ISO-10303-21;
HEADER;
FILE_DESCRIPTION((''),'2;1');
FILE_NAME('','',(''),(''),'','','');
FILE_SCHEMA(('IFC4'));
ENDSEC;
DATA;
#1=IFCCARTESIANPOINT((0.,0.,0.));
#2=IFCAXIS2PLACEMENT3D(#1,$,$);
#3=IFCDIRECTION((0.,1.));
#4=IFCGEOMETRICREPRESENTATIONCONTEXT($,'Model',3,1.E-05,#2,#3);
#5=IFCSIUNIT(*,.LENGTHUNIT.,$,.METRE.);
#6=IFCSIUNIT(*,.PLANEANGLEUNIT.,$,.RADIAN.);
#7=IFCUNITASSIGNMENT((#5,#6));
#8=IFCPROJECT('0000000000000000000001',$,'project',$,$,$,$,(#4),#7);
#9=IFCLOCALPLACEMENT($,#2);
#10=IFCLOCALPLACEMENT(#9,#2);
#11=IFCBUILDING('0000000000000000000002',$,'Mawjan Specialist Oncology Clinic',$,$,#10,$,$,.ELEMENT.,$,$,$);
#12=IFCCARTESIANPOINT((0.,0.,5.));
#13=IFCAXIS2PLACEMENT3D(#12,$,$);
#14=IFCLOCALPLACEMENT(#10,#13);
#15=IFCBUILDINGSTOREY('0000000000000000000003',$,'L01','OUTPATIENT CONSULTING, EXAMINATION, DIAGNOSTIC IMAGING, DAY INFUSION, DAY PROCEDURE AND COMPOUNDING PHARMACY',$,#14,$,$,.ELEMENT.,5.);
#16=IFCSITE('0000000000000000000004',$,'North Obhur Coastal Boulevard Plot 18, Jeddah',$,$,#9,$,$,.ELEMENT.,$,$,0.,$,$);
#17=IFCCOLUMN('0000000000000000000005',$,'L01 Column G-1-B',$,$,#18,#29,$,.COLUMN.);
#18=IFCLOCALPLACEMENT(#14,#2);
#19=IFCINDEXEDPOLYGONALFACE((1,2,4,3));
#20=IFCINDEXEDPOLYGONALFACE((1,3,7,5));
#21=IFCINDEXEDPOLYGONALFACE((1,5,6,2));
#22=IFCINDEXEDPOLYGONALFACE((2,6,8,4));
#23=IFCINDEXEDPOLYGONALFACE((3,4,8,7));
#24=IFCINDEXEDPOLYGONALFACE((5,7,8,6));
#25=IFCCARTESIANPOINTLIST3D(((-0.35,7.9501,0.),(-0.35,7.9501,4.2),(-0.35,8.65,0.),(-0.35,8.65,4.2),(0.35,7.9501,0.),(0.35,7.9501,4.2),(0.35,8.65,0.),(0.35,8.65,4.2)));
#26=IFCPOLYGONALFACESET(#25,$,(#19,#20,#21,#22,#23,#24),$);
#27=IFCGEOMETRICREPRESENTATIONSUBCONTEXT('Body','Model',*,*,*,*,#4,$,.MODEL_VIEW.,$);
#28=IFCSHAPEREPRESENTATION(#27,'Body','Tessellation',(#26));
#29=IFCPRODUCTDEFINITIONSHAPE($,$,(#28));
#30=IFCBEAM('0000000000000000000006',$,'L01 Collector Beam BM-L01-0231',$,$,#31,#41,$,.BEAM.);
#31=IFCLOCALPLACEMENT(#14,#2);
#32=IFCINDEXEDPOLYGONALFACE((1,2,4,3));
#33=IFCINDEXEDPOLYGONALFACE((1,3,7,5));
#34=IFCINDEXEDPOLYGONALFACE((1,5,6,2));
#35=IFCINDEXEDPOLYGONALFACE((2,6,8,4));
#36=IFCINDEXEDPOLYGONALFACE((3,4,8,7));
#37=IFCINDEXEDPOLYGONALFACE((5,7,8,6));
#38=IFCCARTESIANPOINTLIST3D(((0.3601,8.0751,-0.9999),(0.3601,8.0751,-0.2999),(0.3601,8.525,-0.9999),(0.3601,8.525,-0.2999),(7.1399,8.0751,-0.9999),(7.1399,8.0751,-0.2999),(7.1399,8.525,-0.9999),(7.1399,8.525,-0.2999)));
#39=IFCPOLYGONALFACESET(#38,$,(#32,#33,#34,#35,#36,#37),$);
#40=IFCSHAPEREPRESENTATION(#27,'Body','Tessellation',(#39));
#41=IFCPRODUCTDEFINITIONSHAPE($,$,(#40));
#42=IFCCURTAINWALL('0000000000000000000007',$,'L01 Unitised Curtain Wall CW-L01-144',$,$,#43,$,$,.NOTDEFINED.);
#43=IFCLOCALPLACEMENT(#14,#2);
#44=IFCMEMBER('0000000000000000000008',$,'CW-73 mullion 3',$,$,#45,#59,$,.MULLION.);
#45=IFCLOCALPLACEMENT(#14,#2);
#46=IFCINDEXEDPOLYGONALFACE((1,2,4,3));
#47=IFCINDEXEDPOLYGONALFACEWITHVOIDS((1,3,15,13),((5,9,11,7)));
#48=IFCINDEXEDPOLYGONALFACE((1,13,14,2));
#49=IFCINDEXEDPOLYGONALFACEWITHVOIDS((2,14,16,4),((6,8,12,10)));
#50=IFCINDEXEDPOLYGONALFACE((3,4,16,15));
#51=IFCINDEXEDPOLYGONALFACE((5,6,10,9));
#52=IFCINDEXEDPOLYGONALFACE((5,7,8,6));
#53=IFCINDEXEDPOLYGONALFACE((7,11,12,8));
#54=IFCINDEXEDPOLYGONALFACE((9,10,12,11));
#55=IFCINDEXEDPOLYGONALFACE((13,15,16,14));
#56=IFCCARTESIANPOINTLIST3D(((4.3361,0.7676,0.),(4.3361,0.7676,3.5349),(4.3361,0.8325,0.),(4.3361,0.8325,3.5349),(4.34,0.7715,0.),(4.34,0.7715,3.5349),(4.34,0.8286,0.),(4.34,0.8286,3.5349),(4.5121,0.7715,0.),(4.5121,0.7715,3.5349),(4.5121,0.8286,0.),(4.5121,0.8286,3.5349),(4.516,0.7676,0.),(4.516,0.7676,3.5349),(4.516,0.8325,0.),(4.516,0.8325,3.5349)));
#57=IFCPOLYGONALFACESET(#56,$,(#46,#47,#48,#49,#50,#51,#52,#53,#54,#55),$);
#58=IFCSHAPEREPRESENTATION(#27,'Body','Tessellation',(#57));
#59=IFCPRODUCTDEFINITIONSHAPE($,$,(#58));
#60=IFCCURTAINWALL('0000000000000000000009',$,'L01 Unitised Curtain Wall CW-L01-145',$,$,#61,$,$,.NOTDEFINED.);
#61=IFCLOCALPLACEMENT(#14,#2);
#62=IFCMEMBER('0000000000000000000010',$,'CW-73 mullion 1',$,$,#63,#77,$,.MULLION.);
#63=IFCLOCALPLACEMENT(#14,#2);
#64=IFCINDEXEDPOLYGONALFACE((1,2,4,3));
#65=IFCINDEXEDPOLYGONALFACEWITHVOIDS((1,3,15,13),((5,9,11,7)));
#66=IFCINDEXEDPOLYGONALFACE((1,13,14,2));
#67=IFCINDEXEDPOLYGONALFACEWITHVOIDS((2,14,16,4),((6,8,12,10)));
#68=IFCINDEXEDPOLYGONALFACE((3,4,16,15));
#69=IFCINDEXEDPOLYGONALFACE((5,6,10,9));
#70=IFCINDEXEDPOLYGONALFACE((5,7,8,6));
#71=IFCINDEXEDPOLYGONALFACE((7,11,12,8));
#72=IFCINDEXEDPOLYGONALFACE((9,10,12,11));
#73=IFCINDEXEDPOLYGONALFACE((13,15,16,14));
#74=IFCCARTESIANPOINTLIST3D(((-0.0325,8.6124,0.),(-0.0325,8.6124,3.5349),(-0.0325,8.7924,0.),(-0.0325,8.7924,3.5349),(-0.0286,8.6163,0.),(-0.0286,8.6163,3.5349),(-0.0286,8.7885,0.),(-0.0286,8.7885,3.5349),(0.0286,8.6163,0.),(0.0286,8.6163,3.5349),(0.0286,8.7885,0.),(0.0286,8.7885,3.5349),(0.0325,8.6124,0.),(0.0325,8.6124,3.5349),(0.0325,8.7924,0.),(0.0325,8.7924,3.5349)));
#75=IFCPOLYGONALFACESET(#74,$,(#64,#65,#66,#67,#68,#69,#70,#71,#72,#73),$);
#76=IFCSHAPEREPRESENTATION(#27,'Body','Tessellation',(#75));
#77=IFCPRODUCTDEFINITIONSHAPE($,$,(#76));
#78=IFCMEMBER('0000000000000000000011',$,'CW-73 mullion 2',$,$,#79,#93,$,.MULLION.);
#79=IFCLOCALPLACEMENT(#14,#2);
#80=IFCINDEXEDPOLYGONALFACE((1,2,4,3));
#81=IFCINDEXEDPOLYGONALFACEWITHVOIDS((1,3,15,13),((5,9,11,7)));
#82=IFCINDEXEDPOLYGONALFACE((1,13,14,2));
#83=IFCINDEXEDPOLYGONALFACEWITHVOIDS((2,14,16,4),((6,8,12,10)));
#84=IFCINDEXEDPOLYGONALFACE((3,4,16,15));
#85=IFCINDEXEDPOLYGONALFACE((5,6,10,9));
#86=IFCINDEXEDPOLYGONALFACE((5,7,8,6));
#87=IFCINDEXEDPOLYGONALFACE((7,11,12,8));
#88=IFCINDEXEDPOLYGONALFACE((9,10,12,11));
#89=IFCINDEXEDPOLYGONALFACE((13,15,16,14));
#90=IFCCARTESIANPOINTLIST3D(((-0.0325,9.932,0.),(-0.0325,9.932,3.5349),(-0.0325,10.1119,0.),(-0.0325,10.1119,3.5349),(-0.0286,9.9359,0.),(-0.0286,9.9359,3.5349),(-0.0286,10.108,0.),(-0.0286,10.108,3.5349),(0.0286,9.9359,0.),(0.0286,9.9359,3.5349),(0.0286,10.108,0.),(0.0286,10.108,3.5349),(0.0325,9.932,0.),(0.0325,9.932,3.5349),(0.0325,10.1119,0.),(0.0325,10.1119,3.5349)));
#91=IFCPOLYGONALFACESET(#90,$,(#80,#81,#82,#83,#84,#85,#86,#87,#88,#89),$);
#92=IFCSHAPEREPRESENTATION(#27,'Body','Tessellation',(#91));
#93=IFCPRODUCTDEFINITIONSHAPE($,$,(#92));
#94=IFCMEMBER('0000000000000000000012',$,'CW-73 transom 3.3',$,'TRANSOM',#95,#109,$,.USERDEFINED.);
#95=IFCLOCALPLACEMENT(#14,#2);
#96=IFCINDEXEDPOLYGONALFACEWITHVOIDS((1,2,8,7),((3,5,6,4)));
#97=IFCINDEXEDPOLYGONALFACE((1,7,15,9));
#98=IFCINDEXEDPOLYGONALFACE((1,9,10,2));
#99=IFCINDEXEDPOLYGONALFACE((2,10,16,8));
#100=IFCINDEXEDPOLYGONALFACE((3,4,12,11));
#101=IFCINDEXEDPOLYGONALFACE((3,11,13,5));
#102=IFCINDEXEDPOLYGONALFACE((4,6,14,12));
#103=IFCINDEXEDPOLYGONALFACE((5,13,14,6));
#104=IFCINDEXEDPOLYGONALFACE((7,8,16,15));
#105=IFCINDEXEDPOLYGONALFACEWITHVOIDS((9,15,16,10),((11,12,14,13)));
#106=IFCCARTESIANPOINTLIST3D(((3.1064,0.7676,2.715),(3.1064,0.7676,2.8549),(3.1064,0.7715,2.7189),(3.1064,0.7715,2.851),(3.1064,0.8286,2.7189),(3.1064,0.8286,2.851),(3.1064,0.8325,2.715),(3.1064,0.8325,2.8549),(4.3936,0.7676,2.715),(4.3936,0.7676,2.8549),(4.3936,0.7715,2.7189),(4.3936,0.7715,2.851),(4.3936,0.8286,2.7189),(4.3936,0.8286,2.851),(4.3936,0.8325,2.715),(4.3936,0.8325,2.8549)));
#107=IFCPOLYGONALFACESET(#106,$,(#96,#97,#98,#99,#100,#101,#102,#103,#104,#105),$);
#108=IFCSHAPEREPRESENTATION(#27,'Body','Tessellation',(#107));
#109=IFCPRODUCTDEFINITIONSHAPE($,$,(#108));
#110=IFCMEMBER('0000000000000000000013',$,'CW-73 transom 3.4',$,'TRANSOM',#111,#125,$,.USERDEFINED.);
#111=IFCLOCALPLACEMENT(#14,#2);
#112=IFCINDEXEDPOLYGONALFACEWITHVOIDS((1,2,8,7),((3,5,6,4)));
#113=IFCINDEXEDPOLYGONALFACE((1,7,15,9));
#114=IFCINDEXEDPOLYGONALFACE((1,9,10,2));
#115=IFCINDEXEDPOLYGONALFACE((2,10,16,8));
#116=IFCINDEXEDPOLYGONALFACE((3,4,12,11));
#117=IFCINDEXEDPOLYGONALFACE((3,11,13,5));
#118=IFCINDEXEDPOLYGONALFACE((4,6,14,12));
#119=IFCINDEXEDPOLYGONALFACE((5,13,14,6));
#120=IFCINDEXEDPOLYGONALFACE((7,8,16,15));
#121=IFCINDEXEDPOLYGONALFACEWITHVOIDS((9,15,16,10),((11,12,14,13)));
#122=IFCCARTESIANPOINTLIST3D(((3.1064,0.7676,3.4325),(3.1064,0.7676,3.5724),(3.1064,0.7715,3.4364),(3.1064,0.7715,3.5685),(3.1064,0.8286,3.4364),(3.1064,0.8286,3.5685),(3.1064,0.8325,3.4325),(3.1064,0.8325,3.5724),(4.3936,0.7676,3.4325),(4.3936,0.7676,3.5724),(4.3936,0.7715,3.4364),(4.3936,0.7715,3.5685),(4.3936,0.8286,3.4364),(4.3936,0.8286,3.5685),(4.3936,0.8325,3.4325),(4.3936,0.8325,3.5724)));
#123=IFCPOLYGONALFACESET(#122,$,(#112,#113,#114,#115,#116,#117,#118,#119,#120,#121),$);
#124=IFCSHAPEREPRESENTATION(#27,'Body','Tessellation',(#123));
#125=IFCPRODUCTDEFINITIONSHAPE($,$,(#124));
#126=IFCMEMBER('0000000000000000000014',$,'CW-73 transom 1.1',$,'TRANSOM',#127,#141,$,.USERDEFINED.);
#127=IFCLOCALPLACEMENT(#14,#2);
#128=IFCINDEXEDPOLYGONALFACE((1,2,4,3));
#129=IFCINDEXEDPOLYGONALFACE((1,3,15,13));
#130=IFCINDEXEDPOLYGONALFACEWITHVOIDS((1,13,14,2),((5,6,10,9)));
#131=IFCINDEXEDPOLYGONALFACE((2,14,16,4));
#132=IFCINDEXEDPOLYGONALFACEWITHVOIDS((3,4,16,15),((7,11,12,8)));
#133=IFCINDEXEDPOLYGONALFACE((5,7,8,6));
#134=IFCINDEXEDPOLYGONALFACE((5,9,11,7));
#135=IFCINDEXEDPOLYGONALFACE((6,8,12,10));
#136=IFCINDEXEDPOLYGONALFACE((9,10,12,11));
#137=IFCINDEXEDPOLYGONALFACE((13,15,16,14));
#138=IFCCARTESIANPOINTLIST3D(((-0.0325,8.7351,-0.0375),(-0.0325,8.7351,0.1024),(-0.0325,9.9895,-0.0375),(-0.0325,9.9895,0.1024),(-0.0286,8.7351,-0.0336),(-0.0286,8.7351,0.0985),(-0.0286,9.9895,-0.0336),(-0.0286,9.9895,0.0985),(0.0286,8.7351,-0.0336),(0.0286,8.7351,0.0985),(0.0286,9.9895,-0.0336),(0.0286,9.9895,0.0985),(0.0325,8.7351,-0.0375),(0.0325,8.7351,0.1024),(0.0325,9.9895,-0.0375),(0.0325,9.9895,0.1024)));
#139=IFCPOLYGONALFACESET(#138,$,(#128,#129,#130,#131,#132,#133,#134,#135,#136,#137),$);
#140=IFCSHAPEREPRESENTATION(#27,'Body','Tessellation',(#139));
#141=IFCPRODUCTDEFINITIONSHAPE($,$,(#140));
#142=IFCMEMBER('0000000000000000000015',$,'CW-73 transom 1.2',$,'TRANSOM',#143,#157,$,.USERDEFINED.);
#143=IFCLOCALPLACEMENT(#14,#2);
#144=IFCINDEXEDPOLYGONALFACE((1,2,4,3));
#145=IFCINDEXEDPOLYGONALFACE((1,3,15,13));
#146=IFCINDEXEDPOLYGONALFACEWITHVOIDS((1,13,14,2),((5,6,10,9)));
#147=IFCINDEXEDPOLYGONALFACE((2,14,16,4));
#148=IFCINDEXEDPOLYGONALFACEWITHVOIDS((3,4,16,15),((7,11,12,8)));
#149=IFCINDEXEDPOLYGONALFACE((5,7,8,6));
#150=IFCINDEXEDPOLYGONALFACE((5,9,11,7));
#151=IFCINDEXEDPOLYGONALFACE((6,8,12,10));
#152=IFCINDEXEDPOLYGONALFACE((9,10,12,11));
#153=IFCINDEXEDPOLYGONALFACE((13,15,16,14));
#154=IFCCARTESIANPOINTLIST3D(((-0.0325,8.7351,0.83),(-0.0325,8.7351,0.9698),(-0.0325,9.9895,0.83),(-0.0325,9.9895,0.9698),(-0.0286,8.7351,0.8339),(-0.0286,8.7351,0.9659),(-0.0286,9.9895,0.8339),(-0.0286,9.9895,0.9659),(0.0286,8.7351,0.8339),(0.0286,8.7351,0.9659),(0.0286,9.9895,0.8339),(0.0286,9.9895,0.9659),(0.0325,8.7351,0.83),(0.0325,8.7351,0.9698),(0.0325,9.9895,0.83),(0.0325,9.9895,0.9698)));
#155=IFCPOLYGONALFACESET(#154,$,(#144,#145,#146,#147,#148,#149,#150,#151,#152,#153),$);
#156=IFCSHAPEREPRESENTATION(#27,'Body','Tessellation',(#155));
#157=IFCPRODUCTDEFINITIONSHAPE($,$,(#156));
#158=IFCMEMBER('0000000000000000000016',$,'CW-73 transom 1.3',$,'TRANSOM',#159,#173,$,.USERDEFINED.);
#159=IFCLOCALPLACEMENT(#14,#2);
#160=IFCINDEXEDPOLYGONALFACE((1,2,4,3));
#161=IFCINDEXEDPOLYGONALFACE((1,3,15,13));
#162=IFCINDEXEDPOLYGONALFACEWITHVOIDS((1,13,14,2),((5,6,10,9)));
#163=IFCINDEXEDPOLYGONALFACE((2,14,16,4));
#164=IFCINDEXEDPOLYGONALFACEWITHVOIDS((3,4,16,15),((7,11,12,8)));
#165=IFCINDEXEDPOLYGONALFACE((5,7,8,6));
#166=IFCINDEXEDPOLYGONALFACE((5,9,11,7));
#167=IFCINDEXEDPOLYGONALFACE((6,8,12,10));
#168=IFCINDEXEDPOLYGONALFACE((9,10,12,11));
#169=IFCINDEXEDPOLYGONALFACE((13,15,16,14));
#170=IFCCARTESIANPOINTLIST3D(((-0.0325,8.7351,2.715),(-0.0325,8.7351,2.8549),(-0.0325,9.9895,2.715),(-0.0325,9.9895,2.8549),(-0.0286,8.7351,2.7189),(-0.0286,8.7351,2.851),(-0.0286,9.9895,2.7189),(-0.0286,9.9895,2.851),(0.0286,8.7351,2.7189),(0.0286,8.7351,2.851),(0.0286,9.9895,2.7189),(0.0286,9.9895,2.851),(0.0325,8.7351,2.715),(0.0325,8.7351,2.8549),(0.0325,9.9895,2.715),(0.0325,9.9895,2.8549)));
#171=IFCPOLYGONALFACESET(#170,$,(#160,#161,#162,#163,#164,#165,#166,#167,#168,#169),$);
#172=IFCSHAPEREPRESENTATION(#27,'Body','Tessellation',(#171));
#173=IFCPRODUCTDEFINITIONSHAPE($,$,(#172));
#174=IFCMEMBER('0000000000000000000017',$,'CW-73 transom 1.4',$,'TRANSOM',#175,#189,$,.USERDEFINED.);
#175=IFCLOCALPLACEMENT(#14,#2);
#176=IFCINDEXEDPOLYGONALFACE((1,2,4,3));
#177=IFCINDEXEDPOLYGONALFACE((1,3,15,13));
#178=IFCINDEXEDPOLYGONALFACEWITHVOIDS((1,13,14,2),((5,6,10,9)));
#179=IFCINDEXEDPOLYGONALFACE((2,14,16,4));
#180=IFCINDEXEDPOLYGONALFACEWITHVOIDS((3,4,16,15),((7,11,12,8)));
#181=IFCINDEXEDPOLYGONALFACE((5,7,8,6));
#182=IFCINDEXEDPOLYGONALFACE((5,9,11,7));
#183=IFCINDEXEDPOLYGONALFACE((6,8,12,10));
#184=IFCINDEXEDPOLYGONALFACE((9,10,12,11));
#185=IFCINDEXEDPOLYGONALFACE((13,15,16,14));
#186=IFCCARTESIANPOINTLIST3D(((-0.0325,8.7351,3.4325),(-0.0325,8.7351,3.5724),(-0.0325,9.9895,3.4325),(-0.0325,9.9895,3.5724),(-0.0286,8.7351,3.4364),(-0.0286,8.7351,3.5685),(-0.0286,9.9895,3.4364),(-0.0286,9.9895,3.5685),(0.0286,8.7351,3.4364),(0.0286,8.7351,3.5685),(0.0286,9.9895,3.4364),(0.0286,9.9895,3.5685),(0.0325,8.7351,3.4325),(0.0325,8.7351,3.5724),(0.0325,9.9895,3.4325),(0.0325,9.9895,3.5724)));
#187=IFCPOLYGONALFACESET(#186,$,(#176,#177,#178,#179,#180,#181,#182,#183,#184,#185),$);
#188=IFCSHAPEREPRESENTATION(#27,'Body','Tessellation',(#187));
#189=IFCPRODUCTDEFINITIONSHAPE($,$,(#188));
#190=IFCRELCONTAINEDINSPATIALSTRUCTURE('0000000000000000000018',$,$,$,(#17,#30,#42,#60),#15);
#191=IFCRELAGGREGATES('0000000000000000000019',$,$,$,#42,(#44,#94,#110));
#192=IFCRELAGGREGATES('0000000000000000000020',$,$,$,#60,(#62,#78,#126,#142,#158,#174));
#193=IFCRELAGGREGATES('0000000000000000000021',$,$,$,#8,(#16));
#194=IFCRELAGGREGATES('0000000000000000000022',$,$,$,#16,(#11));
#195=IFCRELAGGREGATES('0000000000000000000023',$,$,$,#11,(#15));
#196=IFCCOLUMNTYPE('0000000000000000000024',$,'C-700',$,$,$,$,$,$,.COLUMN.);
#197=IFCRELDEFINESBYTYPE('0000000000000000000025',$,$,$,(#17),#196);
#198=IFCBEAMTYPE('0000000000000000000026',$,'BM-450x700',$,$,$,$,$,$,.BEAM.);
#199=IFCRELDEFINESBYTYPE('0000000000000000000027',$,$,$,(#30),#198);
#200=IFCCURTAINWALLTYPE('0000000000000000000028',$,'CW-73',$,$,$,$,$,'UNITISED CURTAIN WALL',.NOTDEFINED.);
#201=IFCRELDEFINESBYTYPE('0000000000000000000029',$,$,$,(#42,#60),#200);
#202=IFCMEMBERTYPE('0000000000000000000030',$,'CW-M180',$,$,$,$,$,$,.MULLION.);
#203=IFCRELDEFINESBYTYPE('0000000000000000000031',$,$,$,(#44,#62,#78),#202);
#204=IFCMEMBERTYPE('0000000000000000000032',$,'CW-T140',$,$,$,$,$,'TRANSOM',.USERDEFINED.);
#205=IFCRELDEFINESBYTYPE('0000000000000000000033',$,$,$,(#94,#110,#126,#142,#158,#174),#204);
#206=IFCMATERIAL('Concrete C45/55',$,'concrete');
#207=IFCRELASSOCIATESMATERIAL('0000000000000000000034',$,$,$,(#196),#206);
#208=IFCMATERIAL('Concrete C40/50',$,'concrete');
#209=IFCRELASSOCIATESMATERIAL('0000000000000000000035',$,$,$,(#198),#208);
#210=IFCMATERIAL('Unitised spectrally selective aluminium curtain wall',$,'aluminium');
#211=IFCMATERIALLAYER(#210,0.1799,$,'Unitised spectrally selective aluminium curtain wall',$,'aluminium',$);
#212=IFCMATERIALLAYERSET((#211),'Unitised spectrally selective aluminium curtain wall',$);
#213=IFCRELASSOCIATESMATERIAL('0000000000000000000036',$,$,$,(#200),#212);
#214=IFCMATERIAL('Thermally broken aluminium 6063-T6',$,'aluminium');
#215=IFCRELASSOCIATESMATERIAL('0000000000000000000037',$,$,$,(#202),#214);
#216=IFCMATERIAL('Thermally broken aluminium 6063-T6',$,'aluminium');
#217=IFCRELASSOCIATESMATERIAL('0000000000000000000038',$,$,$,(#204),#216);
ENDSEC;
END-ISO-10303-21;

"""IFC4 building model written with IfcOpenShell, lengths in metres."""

from ifc_helpers import new_model, si_unit, direction, frame, origin, origin_2d, place, context, subcontext, project, spatial, rectangle, hollow_rectangle, extrude, material, layer, layer_set, material_profile, profile_set, type_object, element, aggregate, save


model = new_model("IFC4")

# Units and contexts
model_context = context("Model", 3, precision=1e-05, world=origin(), true_north=direction((0.0, 1.0)))
body_context = subcontext(model_context, "Body", "Model", "MODEL_VIEW")
ifc_project = project(units=[si_unit("LENGTHUNIT", "METRE"), si_unit("PLANEANGLEUNIT", "RADIAN")], contexts=[model_context])

# Site, building, storey
site_placement = place(None, origin())
site = spatial("IfcSite", under=ifc_project, at=site_placement, Name="North Obhur Coastal Boulevard Plot 18, Jeddah", CompositionType="ELEMENT", RefElevation=0.0)
building_placement = place(site_placement, origin())
building = spatial("IfcBuilding", under=site, at=building_placement, Name="Mawjan Specialist Oncology Clinic", CompositionType="ELEMENT")
storey_placement = place(building_placement, frame((0.0, 0.0, 5.0)))
storey = spatial("IfcBuildingStorey", under=building, at=storey_placement, Name="L01", Description="OUTPATIENT CONSULTING, EXAMINATION, DIAGNOSTIC IMAGING, DAY INFUSION, DAY PROCEDURE AND COMPOUNDING PHARMACY", CompositionType="ELEMENT", Elevation=5.0)

# Column
ifc_material_1 = material(Name="Concrete C45/55", Category="concrete")
ifc_material_profile_1 = material_profile(ifc_material_1, rectangle(XDim=0.7, YDim=0.7, at=origin_2d()), Name="RC COL 700x700", Category="concrete")
ifc_profile_set_1 = profile_set([ifc_material_profile_1], Name="Concrete C45/55")
column_type = type_object("IfcColumnType", Name="C-700", PredefinedType="COLUMN", material=ifc_profile_set_1)
column_placement = place(storey_placement, frame((0.0, 8.3, 0.0), z_axis=(0.0, 0.0, 1.0), x_axis=(1.0, 0.0, 0.0)))
element("IfcColumn", 1, at=column_placement, inside=storey, type_object=column_type, Name="L01 Column G-1-B", PredefinedType="COLUMN", context=body_context, shape_type="SweptSolid", body=[
    extrude(rectangle(XDim=0.7, YDim=0.7, at=origin_2d()), origin(), (0.0, 0.0, 1.0), 4.2),
])

# Beam
ifc_material_2 = material(Name="Concrete C40/50", Category="concrete")
ifc_material_profile_2 = material_profile(ifc_material_2, rectangle(XDim=0.45, YDim=0.7, at=origin_2d()), Name="RC BM 450x700", Category="concrete")
ifc_profile_set_2 = profile_set([ifc_material_profile_2], Name="Concrete C40/50")
beam_type_1 = type_object("IfcBeamType", Name="BM-450x700", PredefinedType="BEAM", material=ifc_profile_set_2)
beam_placement = place(storey_placement, frame((0.3601, 8.3, -0.6499), z_axis=(1.0, 0.0, 0.0), x_axis=(0.0, 1.0, 0.0)))
element("IfcBeam", 2, at=beam_placement, inside=storey, type_object=beam_type_1, Name="L01 Collector Beam BM-L01-0231", PredefinedType="BEAM", context=body_context, shape_type="SweptSolid", body=[
    extrude(rectangle(XDim=0.45, YDim=0.7, at=origin_2d()), origin(), (0.0, 0.0, 1.0), 6.7798),
])

# Curtain wall, member
ifc_material_3 = material(Name="Unitised spectrally selective aluminium curtain wall", Category="aluminium")
ifc_layer_1 = layer(ifc_material_3, 0.1799, Name="Unitised spectrally selective aluminium curtain wall", Category="aluminium")
ifc_layer_set_1 = layer_set([ifc_layer_1], Name="Unitised spectrally selective aluminium curtain wall")
curtain_wall_type = type_object("IfcCurtainWallType", Name="CW-73", ElementType="UNITISED CURTAIN WALL", PredefinedType="NOTDEFINED", material=ifc_layer_set_1)
curtain_wall_1_placement = place(storey_placement, origin())
curtain_wall_1 = element("IfcCurtainWall", 3, at=curtain_wall_1_placement, inside=storey, type_object=curtain_wall_type, Name="L01 Unitised Curtain Wall CW-L01-144", PredefinedType="NOTDEFINED")
ifc_material_4 = material(Name="Thermally broken aluminium 6063-T6", Category="aluminium")
ifc_material_profile_3 = material_profile(ifc_material_4, hollow_rectangle(XDim=0.0649, YDim=0.1799, WallThickness=0.0039, at=origin_2d()), Name="ALU MULLION 180x65x4", Category="aluminium")
ifc_profile_set_3 = profile_set([ifc_material_profile_3], Name="Thermally broken aluminium 6063-T6")
member_type_1 = type_object("IfcMemberType", Name="CW-M180", PredefinedType="MULLION", material=ifc_profile_set_3)
member_1_placement = place(storey_placement, frame((4.426, 0.8, 0.0), z_axis=(0.0, 0.0, 1.0), x_axis=(0.0, -1.0, 0.0)))
member_1 = element("IfcMember", 4, at=member_1_placement, type_object=member_type_1, Name="CW-73 mullion 3", PredefinedType="MULLION", context=body_context, shape_type="SweptSolid", body=[
    extrude(hollow_rectangle(XDim=0.0649, YDim=0.1799, WallThickness=0.0039, at=origin_2d()), origin(), (0.0, 0.0, 1.0), 3.5349),
])

# Curtain wall, members
curtain_wall_2_placement = place(storey_placement, origin())
curtain_wall_2 = element("IfcCurtainWall", 5, at=curtain_wall_2_placement, inside=storey, type_object=curtain_wall_type, Name="L01 Unitised Curtain Wall CW-L01-145", PredefinedType="NOTDEFINED")
member_2_placement = place(storey_placement, frame((0.0, 8.7024, 0.0), z_axis=(0.0, 0.0, 1.0), x_axis=(-1.0, 0.0, 0.0)))
member_2 = element("IfcMember", 6, at=member_2_placement, type_object=member_type_1, Name="CW-73 mullion 1", PredefinedType="MULLION", context=body_context, shape_type="SweptSolid", body=[
    extrude(hollow_rectangle(XDim=0.0649, YDim=0.1799, WallThickness=0.0039, at=origin_2d()), origin(), (0.0, 0.0, 1.0), 3.5349),
])
member_3_placement = place(storey_placement, frame((0.0, 10.022, 0.0), z_axis=(0.0, 0.0, 1.0), x_axis=(-1.0, 0.0, 0.0)))
member_3 = element("IfcMember", 7, at=member_3_placement, type_object=member_type_1, Name="CW-73 mullion 2", PredefinedType="MULLION", context=body_context, shape_type="SweptSolid", body=[
    extrude(hollow_rectangle(XDim=0.0649, YDim=0.1799, WallThickness=0.0039, at=origin_2d()), origin(), (0.0, 0.0, 1.0), 3.5349),
])

# Members
ifc_material_5 = material(Name="Thermally broken aluminium 6063-T6", Category="aluminium")
ifc_material_profile_4 = material_profile(ifc_material_5, hollow_rectangle(XDim=0.0649, YDim=0.1399, WallThickness=0.0039, at=origin_2d()), Name="ALU TRANSOM 140x65x4", Category="aluminium")
ifc_profile_set_4 = profile_set([ifc_material_profile_4], Name="Thermally broken aluminium 6063-T6")
member_type_2 = type_object("IfcMemberType", Name="CW-T140", ElementType="TRANSOM", PredefinedType="USERDEFINED", material=ifc_profile_set_4)
member_4_placement = place(storey_placement, frame((4.3936, 0.8, 2.7849), z_axis=(-1.0, 0.0, 0.0), x_axis=(0.0, -1.0, 0.0)))
member_4 = element("IfcMember", 8, at=member_4_placement, type_object=member_type_2, Name="CW-73 transom 3.3", ObjectType="TRANSOM", PredefinedType="USERDEFINED", context=body_context, shape_type="SweptSolid", body=[
    extrude(hollow_rectangle(XDim=0.0649, YDim=0.1399, WallThickness=0.0039, at=origin_2d()), origin(), (0.0, 0.0, 1.0), 1.2871),
])
member_5_placement = place(storey_placement, frame((4.3936, 0.8, 3.5024), z_axis=(-1.0, 0.0, 0.0), x_axis=(0.0, -1.0, 0.0)))
member_5 = element("IfcMember", 9, at=member_5_placement, type_object=member_type_2, Name="CW-73 transom 3.4", ObjectType="TRANSOM", PredefinedType="USERDEFINED", context=body_context, shape_type="SweptSolid", body=[
    extrude(hollow_rectangle(XDim=0.0649, YDim=0.1399, WallThickness=0.0039, at=origin_2d()), origin(), (0.0, 0.0, 1.0), 1.2871),
])
member_6_placement = place(storey_placement, frame((0.0, 8.7351, 0.0325), z_axis=(0.0, 1.0, 0.0), x_axis=(-1.0, 0.0, 0.0)))
member_6 = element("IfcMember", 10, at=member_6_placement, type_object=member_type_2, Name="CW-73 transom 1.1", ObjectType="TRANSOM", PredefinedType="USERDEFINED", context=body_context, shape_type="SweptSolid", body=[
    extrude(hollow_rectangle(XDim=0.0649, YDim=0.1399, WallThickness=0.0039, at=origin_2d()), origin(), (0.0, 0.0, 1.0), 1.2544),
])
member_7_placement = place(storey_placement, frame((0.0, 8.7351, 0.8999), z_axis=(0.0, 1.0, 0.0), x_axis=(-1.0, 0.0, 0.0)))
member_7 = element("IfcMember", 11, at=member_7_placement, type_object=member_type_2, Name="CW-73 transom 1.2", ObjectType="TRANSOM", PredefinedType="USERDEFINED", context=body_context, shape_type="SweptSolid", body=[
    extrude(hollow_rectangle(XDim=0.0649, YDim=0.1399, WallThickness=0.0039, at=origin_2d()), origin(), (0.0, 0.0, 1.0), 1.2544),
])
member_8_placement = place(storey_placement, frame((0.0, 8.7351, 2.7849), z_axis=(0.0, 1.0, 0.0), x_axis=(-1.0, 0.0, 0.0)))
member_8 = element("IfcMember", 12, at=member_8_placement, type_object=member_type_2, Name="CW-73 transom 1.3", ObjectType="TRANSOM", PredefinedType="USERDEFINED", context=body_context, shape_type="SweptSolid", body=[
    extrude(hollow_rectangle(XDim=0.0649, YDim=0.1399, WallThickness=0.0039, at=origin_2d()), origin(), (0.0, 0.0, 1.0), 1.2544),
])
member_9_placement = place(storey_placement, frame((0.0, 8.7351, 3.5024), z_axis=(0.0, 1.0, 0.0), x_axis=(-1.0, 0.0, 0.0)))
member_9 = element("IfcMember", 13, at=member_9_placement, type_object=member_type_2, Name="CW-73 transom 1.4", ObjectType="TRANSOM", PredefinedType="USERDEFINED", context=body_context, shape_type="SweptSolid", body=[
    extrude(hollow_rectangle(XDim=0.0649, YDim=0.1399, WallThickness=0.0039, at=origin_2d()), origin(), (0.0, 0.0, 1.0), 1.2544),
])

aggregate(curtain_wall_1, [member_1, member_4, member_5])
aggregate(curtain_wall_2, [member_2, member_3, member_6, member_7, member_8, member_9])

save(model, "model.ifc")
